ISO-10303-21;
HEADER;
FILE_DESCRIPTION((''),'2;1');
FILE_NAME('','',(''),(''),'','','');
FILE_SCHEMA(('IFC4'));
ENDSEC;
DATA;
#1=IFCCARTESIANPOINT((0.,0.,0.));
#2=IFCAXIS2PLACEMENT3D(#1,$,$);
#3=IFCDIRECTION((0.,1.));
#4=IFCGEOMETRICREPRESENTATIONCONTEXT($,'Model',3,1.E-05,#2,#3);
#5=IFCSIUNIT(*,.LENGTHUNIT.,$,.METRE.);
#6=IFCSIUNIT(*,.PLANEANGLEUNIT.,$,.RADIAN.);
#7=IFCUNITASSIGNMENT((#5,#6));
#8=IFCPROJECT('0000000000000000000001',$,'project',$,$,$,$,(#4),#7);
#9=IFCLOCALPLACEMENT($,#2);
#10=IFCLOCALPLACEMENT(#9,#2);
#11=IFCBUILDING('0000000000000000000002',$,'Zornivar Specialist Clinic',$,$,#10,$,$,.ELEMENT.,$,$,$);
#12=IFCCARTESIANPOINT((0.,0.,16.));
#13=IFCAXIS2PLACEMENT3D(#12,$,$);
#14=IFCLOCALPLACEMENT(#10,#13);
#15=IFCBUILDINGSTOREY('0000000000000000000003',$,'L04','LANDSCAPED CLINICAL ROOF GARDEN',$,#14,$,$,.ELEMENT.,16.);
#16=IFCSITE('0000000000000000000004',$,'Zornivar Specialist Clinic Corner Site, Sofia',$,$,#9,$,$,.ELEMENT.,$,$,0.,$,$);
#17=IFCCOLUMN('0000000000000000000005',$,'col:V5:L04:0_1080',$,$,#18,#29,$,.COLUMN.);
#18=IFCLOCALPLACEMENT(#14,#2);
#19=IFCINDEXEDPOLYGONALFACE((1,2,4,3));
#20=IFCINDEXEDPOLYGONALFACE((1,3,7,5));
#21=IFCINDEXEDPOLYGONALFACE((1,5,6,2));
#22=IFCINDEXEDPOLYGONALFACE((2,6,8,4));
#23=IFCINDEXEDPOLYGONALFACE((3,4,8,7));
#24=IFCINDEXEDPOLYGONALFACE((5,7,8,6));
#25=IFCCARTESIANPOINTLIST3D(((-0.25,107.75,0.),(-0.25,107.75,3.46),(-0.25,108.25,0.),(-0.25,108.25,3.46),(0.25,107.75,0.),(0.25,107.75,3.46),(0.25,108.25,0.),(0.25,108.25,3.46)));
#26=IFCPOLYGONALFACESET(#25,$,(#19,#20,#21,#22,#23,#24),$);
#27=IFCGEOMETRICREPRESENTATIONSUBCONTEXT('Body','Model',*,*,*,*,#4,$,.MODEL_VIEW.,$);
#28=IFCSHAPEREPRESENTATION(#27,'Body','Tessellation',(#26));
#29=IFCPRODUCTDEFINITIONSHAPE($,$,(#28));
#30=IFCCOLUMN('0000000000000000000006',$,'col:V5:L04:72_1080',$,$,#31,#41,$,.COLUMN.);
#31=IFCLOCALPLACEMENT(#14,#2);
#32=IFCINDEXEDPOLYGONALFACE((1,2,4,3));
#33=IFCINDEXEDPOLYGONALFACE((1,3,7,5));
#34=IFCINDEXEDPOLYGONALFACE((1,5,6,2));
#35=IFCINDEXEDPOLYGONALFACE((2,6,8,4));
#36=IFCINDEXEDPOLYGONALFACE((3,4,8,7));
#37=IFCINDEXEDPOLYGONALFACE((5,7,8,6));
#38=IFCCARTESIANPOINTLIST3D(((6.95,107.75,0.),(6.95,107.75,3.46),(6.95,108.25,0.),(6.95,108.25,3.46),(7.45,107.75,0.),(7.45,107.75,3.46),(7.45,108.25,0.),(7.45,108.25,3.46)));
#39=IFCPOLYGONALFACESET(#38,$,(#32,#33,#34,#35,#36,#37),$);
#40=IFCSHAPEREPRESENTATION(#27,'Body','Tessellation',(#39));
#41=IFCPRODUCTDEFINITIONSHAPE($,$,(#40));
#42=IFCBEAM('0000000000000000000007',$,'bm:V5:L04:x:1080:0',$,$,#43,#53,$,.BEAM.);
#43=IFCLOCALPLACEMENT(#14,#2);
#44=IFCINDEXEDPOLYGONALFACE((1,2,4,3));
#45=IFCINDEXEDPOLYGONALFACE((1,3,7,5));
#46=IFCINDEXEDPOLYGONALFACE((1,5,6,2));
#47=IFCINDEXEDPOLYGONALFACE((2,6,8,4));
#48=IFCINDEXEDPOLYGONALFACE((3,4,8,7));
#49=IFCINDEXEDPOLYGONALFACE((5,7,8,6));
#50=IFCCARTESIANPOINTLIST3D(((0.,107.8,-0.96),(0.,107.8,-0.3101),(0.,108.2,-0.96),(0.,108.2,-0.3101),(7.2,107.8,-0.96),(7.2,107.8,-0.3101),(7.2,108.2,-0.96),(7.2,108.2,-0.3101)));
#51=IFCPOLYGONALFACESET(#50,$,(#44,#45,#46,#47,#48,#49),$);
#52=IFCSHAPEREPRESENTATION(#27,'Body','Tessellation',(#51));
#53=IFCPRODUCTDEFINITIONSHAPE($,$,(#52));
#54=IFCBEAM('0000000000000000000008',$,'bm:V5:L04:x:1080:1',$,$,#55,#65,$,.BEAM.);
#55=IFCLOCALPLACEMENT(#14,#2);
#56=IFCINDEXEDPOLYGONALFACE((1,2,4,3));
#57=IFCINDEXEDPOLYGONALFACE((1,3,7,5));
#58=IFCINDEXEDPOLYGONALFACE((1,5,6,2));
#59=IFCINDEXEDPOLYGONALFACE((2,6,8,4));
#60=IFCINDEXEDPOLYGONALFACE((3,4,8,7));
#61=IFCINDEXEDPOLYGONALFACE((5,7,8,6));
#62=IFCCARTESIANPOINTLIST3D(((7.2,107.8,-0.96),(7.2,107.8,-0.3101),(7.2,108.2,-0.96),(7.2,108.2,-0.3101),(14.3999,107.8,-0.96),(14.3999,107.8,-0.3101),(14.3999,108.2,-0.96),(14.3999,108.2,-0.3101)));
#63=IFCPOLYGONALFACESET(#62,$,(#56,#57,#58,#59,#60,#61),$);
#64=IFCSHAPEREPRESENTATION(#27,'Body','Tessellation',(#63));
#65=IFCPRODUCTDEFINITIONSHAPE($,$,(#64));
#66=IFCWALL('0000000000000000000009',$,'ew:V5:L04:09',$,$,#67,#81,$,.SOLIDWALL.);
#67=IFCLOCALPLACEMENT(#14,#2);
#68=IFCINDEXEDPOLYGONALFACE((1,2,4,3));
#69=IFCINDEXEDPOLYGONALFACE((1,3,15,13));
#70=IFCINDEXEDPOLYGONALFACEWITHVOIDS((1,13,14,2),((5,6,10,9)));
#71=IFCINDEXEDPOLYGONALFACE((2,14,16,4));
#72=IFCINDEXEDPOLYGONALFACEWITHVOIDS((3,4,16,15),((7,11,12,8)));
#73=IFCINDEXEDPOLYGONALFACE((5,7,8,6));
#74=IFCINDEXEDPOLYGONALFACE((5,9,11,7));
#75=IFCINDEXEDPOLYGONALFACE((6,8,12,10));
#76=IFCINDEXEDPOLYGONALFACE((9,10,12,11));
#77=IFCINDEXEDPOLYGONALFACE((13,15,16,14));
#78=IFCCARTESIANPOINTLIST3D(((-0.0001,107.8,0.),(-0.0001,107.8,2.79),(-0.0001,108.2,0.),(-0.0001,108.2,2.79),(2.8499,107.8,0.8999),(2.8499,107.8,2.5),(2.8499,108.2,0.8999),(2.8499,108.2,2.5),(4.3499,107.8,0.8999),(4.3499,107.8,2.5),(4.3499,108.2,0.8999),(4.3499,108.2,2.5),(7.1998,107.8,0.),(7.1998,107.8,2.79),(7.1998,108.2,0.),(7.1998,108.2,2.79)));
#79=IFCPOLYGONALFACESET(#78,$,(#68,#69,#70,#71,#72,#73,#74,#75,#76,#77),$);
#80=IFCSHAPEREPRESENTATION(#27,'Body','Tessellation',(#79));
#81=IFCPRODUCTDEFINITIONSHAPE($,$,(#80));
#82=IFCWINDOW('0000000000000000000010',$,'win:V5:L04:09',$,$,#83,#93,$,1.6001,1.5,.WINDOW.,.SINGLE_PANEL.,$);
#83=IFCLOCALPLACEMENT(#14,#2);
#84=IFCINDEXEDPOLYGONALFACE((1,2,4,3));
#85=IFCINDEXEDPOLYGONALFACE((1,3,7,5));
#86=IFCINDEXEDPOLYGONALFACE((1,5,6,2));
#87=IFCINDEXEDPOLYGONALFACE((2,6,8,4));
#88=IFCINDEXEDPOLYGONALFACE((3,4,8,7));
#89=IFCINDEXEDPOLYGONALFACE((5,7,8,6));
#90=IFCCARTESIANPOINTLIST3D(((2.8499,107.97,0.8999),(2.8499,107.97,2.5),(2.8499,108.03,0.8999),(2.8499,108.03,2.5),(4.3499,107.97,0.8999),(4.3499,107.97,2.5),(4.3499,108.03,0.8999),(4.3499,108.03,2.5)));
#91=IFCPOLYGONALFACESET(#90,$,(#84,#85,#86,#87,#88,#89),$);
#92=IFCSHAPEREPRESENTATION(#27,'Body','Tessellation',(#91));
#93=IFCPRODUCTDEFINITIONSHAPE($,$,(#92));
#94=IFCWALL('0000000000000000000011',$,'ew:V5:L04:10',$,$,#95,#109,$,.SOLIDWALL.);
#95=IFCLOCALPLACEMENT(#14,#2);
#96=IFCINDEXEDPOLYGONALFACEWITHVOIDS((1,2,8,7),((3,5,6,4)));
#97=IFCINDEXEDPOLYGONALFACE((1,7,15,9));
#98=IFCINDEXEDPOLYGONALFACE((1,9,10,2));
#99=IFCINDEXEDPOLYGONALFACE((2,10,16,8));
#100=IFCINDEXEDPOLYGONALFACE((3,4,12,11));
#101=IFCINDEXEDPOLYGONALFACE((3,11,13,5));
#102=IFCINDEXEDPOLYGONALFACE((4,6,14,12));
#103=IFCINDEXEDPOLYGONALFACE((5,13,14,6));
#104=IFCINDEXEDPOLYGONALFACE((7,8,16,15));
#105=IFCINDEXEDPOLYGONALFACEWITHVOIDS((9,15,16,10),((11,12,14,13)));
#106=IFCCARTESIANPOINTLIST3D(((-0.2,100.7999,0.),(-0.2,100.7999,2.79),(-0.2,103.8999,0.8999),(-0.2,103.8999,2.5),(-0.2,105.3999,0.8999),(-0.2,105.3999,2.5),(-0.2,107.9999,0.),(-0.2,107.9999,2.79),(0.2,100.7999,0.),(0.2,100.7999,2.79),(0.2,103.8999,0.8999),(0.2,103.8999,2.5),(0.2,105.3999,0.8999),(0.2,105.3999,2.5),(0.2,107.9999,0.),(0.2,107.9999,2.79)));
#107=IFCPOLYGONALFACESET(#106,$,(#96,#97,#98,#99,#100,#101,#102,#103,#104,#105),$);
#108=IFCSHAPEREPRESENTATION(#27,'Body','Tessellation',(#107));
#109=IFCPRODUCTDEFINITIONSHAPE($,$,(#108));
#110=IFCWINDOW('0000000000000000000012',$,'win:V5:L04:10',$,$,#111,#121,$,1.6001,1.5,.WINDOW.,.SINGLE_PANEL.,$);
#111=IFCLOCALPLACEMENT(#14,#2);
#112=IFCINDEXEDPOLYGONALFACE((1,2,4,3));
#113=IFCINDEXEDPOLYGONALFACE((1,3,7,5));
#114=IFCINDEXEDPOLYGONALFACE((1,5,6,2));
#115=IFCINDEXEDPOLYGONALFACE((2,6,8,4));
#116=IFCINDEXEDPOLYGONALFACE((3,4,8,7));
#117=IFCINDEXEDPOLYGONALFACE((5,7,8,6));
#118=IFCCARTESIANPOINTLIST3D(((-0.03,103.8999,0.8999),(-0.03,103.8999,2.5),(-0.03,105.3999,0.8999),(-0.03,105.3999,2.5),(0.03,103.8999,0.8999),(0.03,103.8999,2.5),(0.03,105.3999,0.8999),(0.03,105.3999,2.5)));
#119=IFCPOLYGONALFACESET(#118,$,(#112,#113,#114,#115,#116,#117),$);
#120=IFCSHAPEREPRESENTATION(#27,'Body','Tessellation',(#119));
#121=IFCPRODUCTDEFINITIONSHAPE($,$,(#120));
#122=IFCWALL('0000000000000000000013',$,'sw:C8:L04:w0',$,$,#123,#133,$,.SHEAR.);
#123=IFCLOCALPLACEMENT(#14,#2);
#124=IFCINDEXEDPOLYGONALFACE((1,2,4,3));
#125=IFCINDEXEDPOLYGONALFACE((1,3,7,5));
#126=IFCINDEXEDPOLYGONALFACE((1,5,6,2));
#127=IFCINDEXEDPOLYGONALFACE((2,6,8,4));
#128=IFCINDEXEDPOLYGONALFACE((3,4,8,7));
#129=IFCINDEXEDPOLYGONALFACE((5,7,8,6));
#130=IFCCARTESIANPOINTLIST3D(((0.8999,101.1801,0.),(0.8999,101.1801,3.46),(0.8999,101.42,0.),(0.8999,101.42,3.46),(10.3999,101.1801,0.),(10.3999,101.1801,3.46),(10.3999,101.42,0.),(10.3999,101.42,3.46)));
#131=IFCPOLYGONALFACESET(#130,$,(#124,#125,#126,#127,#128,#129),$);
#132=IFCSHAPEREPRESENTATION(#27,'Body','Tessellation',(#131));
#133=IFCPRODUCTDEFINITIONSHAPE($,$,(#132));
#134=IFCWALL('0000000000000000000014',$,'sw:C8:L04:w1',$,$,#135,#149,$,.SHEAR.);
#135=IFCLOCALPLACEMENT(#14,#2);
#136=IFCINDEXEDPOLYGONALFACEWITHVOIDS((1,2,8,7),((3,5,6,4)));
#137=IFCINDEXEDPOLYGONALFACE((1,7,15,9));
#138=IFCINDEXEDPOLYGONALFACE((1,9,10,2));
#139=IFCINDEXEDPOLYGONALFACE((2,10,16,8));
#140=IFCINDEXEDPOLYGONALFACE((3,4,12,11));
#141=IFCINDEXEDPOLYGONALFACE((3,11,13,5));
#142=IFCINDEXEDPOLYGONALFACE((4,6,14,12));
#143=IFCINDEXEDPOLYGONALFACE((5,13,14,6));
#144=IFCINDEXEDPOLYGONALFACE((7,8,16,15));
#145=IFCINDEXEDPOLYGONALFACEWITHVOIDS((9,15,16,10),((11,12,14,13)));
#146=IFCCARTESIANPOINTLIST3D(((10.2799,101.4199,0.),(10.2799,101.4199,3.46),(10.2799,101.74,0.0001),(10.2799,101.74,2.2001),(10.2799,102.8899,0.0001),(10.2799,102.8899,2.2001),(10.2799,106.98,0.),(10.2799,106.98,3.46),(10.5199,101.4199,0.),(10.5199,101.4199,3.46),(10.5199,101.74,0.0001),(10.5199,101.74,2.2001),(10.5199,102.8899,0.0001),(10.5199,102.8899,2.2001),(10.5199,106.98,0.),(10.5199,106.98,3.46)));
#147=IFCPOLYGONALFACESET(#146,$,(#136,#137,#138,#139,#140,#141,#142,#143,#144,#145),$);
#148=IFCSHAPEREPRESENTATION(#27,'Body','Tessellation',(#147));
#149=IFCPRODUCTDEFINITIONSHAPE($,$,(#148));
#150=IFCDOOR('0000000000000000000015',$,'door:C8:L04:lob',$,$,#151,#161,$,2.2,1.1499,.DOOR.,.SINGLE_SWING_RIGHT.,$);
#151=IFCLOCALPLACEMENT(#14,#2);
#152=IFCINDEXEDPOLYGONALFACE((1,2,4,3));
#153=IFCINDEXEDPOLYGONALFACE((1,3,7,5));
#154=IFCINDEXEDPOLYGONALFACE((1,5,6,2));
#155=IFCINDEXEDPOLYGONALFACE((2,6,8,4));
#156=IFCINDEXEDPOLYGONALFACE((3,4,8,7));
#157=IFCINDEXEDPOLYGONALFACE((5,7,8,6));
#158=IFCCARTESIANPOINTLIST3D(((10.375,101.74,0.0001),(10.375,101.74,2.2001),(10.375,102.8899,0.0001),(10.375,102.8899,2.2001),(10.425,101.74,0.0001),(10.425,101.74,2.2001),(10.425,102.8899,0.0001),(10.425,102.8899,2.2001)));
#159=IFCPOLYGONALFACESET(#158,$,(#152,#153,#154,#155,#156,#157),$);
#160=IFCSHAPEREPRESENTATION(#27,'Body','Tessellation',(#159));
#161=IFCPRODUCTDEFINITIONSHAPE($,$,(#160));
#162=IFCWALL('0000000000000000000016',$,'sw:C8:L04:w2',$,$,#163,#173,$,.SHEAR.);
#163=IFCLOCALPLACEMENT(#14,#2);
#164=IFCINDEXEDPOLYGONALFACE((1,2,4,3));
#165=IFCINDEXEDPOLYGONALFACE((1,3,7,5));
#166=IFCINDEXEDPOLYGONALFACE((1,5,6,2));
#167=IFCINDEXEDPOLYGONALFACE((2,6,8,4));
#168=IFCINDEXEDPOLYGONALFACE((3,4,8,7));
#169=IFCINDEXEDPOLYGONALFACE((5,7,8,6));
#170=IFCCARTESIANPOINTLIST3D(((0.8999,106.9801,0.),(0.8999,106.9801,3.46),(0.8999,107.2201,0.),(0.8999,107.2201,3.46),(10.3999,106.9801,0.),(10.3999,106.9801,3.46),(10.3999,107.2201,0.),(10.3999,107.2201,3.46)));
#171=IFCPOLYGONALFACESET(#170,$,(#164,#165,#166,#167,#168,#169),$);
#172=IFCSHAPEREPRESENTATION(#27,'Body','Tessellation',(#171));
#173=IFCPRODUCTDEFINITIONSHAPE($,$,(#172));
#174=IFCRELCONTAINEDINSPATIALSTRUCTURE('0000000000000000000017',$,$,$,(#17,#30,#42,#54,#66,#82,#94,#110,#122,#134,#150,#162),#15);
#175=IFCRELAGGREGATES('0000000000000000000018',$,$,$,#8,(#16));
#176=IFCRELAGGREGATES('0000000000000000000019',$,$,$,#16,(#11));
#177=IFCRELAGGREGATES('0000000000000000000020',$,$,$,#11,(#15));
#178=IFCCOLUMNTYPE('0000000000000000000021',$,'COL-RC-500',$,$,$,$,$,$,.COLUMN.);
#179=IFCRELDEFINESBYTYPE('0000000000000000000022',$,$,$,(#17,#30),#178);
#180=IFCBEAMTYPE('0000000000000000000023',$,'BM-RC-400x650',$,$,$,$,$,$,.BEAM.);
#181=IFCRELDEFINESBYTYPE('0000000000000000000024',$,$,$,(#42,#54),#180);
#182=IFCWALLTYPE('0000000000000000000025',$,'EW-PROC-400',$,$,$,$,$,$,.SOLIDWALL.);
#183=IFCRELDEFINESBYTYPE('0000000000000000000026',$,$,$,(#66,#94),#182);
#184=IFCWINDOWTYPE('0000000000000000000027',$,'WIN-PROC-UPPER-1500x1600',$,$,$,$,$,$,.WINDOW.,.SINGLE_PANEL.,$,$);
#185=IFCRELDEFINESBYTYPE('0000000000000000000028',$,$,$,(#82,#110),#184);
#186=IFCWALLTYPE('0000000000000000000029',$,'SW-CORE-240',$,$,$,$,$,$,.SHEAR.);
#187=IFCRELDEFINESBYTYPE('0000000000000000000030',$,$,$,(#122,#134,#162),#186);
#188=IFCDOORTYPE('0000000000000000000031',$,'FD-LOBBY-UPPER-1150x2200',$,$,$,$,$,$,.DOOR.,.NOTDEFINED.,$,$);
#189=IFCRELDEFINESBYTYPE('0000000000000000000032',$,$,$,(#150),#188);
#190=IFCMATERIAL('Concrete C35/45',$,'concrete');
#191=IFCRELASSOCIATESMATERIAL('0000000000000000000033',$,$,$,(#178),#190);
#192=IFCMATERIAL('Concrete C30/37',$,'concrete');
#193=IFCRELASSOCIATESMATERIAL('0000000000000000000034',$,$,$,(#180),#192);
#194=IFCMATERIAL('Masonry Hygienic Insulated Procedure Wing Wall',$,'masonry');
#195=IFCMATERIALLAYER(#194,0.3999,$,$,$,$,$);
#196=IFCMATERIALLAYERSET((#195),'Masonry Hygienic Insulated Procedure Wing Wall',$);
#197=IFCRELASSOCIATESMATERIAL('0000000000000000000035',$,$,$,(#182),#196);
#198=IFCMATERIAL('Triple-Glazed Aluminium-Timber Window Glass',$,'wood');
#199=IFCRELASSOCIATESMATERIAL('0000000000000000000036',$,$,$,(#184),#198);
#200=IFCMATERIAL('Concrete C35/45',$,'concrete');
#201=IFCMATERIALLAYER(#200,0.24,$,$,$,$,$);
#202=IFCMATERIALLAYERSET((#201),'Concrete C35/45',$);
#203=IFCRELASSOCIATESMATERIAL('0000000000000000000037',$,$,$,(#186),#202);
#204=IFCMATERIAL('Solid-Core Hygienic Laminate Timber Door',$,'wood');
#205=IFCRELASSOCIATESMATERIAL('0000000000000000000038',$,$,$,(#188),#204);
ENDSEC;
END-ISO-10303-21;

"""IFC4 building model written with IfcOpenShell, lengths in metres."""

from ifc_helpers import new_model, si_unit, direction, frame, frame_2d, origin, origin_2d, place, context, subcontext, project, spatial, rectangle, extrude, material, layer, layer_set, material_profile, profile_set, type_object, element, fill, save


model = new_model("IFC4")

# Units and contexts
model_context = context("Model", 3, precision=1e-05, world=origin(), true_north=direction((0.0, 1.0)))
body_context = subcontext(model_context, "Body", "Model", "MODEL_VIEW")
ifc_project = project(units=[si_unit("LENGTHUNIT", "METRE"), si_unit("PLANEANGLEUNIT", "RADIAN")], contexts=[model_context])

# Site, building, storey
site_placement = place(None, origin())
site = spatial("IfcSite", under=ifc_project, at=site_placement, Name="Zornivar Specialist Clinic Corner Site, Sofia", CompositionType="ELEMENT", RefElevation=0.0)
building_placement = place(site_placement, origin())
building = spatial("IfcBuilding", under=site, at=building_placement, Name="Zornivar Specialist Clinic", CompositionType="ELEMENT")
storey_placement = place(building_placement, frame((0.0, 0.0, 16.0)))
storey = spatial("IfcBuildingStorey", under=building, at=storey_placement, Name="L04", Description="LANDSCAPED CLINICAL ROOF GARDEN", CompositionType="ELEMENT", Elevation=16.0)

# Columns
ifc_material_1 = material(Name="Concrete C35/45", Category="concrete")
ifc_material_profile_1 = material_profile(ifc_material_1, rectangle(XDim=0.5, YDim=0.5, at=origin_2d()), Name="RC 500x500")
ifc_profile_set_1 = profile_set([ifc_material_profile_1], Name="Concrete C35/45")
column_type = type_object("IfcColumnType", Name="COL-RC-500", PredefinedType="COLUMN", material=ifc_profile_set_1)
for number, where, z_axis, x_axis, name in (
    (1, (0.0, 108.0, 0.0), (0.0, 0.0, 1.0), (1.0, 0.0, 0.0), "col:V5:L04:0_1080"),
    (2, (7.2, 108.0, 0.0), (0.0, 0.0, 1.0), (1.0, 0.0, 0.0), "col:V5:L04:72_1080"),
):
    element("IfcColumn", number, at=place(storey_placement, frame(where, z_axis=z_axis, x_axis=x_axis)), inside=storey, type_object=column_type, Name=name, PredefinedType="COLUMN", context=body_context, shape_type="SweptSolid", body=[
        extrude(rectangle(XDim=0.5, YDim=0.5, at=origin_2d()), origin(), (0.0, 0.0, 1.0), 3.46),
    ])

# Beams
ifc_material_2 = material(Name="Concrete C30/37", Category="concrete")
ifc_material_profile_2 = material_profile(ifc_material_2, rectangle(XDim=0.3999, YDim=0.6499, at=origin_2d()), Name="RC 400x650")
ifc_profile_set_2 = profile_set([ifc_material_profile_2], Name="Concrete C30/37")
beam_type = type_object("IfcBeamType", Name="BM-RC-400x650", PredefinedType="BEAM", material=ifc_profile_set_2)
for number, where, z_axis, x_axis, name in (
    (3, (0.0, 108.0, -0.635), (1.0, 0.0, 0.0), (0.0, 1.0, 0.0), "bm:V5:L04:x:1080:0"),
    (4, (7.2, 108.0, -0.635), (1.0, 0.0, 0.0), (0.0, 1.0, 0.0), "bm:V5:L04:x:1080:1"),
):
    element("IfcBeam", number, at=place(storey_placement, frame(where, z_axis=z_axis, x_axis=x_axis)), inside=storey, type_object=beam_type, Name=name, PredefinedType="BEAM", context=body_context, shape_type="SweptSolid", body=[
        extrude(rectangle(XDim=0.3999, YDim=0.6499, at=origin_2d()), origin(), (0.0, 0.0, 1.0), 7.2),
    ])

# Walls, openings, windows
ifc_material_3 = material(Name="Masonry Hygienic Insulated Procedure Wing Wall", Category="masonry")
ifc_layer_1 = layer(ifc_material_3, 0.3999)
ifc_layer_set_1 = layer_set([ifc_layer_1], Name="Masonry Hygienic Insulated Procedure Wing Wall")
wall_type_1 = type_object("IfcWallType", Name="EW-PROC-400", PredefinedType="SOLIDWALL", material=ifc_layer_set_1)
wall_1_placement = place(storey_placement, frame((7.2, 108.0, 0.0), z_axis=(0.0, 0.0, 1.0), x_axis=(-1.0, 0.0, 0.0)))
wall_1 = element("IfcWall", 5, at=wall_1_placement, inside=storey, type_object=wall_type_1, Name="ew:V5:L04:09", PredefinedType="SOLIDWALL", context=body_context, shape_type="SweptSolid", body=[
    extrude(rectangle(XDim=7.2, YDim=0.3999, at=frame_2d((3.6001, 0.0))), origin(), (0.0, 0.0, 1.0), 2.79),
])
opening_1_placement = place(wall_1_placement, frame((2.8501, 0.0, 0.8999)))
opening_1 = element("IfcOpeningElement", 6, at=opening_1_placement, cuts=wall_1, PredefinedType="OPENING", context=body_context, shape_type="SweptSolid", body=[
    extrude(rectangle(XDim=1.5, YDim=1.6001, at=frame_2d((0.75, 0.8))), frame((0.0, 0.21, 0.0), z_axis=(0.0, -1.0, 0.0), x_axis=(1.0, 0.0, 0.0)), (0.0, 0.0, 1.0), 0.4199),
])
ifc_material_4 = material(Name="Triple-Glazed Aluminium-Timber Window Glass", Category="wood")
window_type = type_object("IfcWindowType", Name="WIN-PROC-UPPER-1500x1600", PartitioningType="SINGLE_PANEL", PredefinedType="WINDOW", material=ifc_material_4)
window_1_placement = place(opening_1_placement, origin())
window_1 = element("IfcWindow", 7, at=window_1_placement, inside=storey, type_object=window_type, Name="win:V5:L04:09", OverallHeight=1.6001, OverallWidth=1.5, PartitioningType="SINGLE_PANEL", PredefinedType="WINDOW", context=body_context, shape_type="SweptSolid", body=[
    extrude(rectangle(XDim=1.5, YDim=1.6001, at=frame_2d((0.75, 0.8))), frame((0.0, 0.03, 0.0), z_axis=(0.0, -1.0, 0.0), x_axis=(1.0, 0.0, 0.0)), (0.0, 0.0, 1.0), 0.0601),
])
fill(opening_1, window_1)
wall_2_placement = place(storey_placement, frame((0.0, 108.0, 0.0), z_axis=(0.0, 0.0, 1.0), x_axis=(0.0, -1.0, 0.0)))
wall_2 = element("IfcWall", 8, at=wall_2_placement, inside=storey, type_object=wall_type_1, Name="ew:V5:L04:10", PredefinedType="SOLIDWALL", context=body_context, shape_type="SweptSolid", body=[
    extrude(rectangle(XDim=7.2, YDim=0.3999, at=frame_2d((3.6001, 0.0))), origin(), (0.0, 0.0, 1.0), 2.79),
])
opening_2_placement = place(wall_2_placement, frame((2.6001, 0.0, 0.8999)))
opening_2 = element("IfcOpeningElement", 9, at=opening_2_placement, cuts=wall_2, PredefinedType="OPENING", context=body_context, shape_type="SweptSolid", body=[
    extrude(rectangle(XDim=1.5, YDim=1.6001, at=frame_2d((0.75, 0.8))), frame((0.0, 0.21, 0.0), z_axis=(0.0, -1.0, 0.0), x_axis=(1.0, 0.0, 0.0)), (0.0, 0.0, 1.0), 0.4199),
])
window_2_placement = place(opening_2_placement, origin())
window_2 = element("IfcWindow", 10, at=window_2_placement, inside=storey, type_object=window_type, Name="win:V5:L04:10", OverallHeight=1.6001, OverallWidth=1.5, PartitioningType="SINGLE_PANEL", PredefinedType="WINDOW", context=body_context, shape_type="SweptSolid", body=[
    extrude(rectangle(XDim=1.5, YDim=1.6001, at=frame_2d((0.75, 0.8))), frame((0.0, 0.03, 0.0), z_axis=(0.0, -1.0, 0.0), x_axis=(1.0, 0.0, 0.0)), (0.0, 0.0, 1.0), 0.0601),
])
fill(opening_2, window_2)

# Wall
ifc_material_5 = material(Name="Concrete C35/45", Category="concrete")
ifc_layer_2 = layer(ifc_material_5, 0.24)
ifc_layer_set_2 = layer_set([ifc_layer_2], Name="Concrete C35/45")
wall_type_2 = type_object("IfcWallType", Name="SW-CORE-240", PredefinedType="SHEAR", material=ifc_layer_set_2)
wall_3_placement = place(storey_placement, frame((0.8999, 101.3, 0.0), z_axis=(0.0, 0.0, 1.0), x_axis=(1.0, 0.0, 0.0)))
element("IfcWall", 11, at=wall_3_placement, inside=storey, type_object=wall_type_2, Name="sw:C8:L04:w0", PredefinedType="SHEAR", context=body_context, shape_type="SweptSolid", body=[
    extrude(rectangle(XDim=9.5, YDim=0.24, at=frame_2d((4.75, 0.0))), origin(), (0.0, 0.0, 1.0), 3.46),
])

# Wall, opening, door
wall_4_placement = place(storey_placement, frame((10.3999, 101.4199, 0.0), z_axis=(0.0, 0.0, 1.0), x_axis=(0.0, 1.0, 0.0)))
wall_4 = element("IfcWall", 12, at=wall_4_placement, inside=storey, type_object=wall_type_2, Name="sw:C8:L04:w1", PredefinedType="SHEAR", context=body_context, shape_type="SweptSolid", body=[
    extrude(rectangle(XDim=5.5601, YDim=0.24, at=frame_2d((2.78, 0.0))), origin(), (0.0, 0.0, 1.0), 3.46),
])
opening_3_placement = place(wall_4_placement, frame((0.3201, 0.0, 0.0)))
opening_3 = element("IfcOpeningElement", 13, at=opening_3_placement, cuts=wall_4, PredefinedType="OPENING", context=body_context, shape_type="SweptSolid", body=[
    extrude(rectangle(XDim=1.1499, YDim=2.2, at=frame_2d((0.575, 1.1001))), frame((0.0, 0.1299, 0.0), z_axis=(0.0, -1.0, 0.0), x_axis=(1.0, 0.0, 0.0)), (0.0, 0.0, 1.0), 0.26),
])
ifc_material_6 = material(Name="Solid-Core Hygienic Laminate Timber Door", Category="wood")
door_type_1 = type_object("IfcDoorType", Name="FD-LOBBY-UPPER-1150x2200", OperationType="NOTDEFINED", PredefinedType="DOOR", material=ifc_material_6)
door_1_placement = place(opening_3_placement, origin())
door_1 = element("IfcDoor", 14, at=door_1_placement, inside=storey, type_object=door_type_1, Name="door:C8:L04:lob", OperationType="SINGLE_SWING_RIGHT", OverallHeight=2.2, OverallWidth=1.1499, PredefinedType="DOOR", context=body_context, shape_type="SweptSolid", body=[
    extrude(rectangle(XDim=1.1499, YDim=2.2, at=frame_2d((0.575, 1.1001))), frame((0.0, 0.0249, 0.0), z_axis=(0.0, -1.0, 0.0), x_axis=(1.0, 0.0, 0.0)), (0.0, 0.0, 1.0), 0.05),
])
fill(opening_3, door_1)

# Wall
wall_5_placement = place(storey_placement, frame((10.3999, 107.1001, 0.0), z_axis=(0.0, 0.0, 1.0), x_axis=(-1.0, 0.0, 0.0)))
element("IfcWall", 15, at=wall_5_placement, inside=storey, type_object=wall_type_2, Name="sw:C8:L04:w2", PredefinedType="SHEAR", context=body_context, shape_type="SweptSolid", body=[
    extrude(rectangle(XDim=9.5, YDim=0.24, at=frame_2d((4.75, 0.0))), origin(), (0.0, 0.0, 1.0), 3.46),
])

save(model, "model.ifc")
